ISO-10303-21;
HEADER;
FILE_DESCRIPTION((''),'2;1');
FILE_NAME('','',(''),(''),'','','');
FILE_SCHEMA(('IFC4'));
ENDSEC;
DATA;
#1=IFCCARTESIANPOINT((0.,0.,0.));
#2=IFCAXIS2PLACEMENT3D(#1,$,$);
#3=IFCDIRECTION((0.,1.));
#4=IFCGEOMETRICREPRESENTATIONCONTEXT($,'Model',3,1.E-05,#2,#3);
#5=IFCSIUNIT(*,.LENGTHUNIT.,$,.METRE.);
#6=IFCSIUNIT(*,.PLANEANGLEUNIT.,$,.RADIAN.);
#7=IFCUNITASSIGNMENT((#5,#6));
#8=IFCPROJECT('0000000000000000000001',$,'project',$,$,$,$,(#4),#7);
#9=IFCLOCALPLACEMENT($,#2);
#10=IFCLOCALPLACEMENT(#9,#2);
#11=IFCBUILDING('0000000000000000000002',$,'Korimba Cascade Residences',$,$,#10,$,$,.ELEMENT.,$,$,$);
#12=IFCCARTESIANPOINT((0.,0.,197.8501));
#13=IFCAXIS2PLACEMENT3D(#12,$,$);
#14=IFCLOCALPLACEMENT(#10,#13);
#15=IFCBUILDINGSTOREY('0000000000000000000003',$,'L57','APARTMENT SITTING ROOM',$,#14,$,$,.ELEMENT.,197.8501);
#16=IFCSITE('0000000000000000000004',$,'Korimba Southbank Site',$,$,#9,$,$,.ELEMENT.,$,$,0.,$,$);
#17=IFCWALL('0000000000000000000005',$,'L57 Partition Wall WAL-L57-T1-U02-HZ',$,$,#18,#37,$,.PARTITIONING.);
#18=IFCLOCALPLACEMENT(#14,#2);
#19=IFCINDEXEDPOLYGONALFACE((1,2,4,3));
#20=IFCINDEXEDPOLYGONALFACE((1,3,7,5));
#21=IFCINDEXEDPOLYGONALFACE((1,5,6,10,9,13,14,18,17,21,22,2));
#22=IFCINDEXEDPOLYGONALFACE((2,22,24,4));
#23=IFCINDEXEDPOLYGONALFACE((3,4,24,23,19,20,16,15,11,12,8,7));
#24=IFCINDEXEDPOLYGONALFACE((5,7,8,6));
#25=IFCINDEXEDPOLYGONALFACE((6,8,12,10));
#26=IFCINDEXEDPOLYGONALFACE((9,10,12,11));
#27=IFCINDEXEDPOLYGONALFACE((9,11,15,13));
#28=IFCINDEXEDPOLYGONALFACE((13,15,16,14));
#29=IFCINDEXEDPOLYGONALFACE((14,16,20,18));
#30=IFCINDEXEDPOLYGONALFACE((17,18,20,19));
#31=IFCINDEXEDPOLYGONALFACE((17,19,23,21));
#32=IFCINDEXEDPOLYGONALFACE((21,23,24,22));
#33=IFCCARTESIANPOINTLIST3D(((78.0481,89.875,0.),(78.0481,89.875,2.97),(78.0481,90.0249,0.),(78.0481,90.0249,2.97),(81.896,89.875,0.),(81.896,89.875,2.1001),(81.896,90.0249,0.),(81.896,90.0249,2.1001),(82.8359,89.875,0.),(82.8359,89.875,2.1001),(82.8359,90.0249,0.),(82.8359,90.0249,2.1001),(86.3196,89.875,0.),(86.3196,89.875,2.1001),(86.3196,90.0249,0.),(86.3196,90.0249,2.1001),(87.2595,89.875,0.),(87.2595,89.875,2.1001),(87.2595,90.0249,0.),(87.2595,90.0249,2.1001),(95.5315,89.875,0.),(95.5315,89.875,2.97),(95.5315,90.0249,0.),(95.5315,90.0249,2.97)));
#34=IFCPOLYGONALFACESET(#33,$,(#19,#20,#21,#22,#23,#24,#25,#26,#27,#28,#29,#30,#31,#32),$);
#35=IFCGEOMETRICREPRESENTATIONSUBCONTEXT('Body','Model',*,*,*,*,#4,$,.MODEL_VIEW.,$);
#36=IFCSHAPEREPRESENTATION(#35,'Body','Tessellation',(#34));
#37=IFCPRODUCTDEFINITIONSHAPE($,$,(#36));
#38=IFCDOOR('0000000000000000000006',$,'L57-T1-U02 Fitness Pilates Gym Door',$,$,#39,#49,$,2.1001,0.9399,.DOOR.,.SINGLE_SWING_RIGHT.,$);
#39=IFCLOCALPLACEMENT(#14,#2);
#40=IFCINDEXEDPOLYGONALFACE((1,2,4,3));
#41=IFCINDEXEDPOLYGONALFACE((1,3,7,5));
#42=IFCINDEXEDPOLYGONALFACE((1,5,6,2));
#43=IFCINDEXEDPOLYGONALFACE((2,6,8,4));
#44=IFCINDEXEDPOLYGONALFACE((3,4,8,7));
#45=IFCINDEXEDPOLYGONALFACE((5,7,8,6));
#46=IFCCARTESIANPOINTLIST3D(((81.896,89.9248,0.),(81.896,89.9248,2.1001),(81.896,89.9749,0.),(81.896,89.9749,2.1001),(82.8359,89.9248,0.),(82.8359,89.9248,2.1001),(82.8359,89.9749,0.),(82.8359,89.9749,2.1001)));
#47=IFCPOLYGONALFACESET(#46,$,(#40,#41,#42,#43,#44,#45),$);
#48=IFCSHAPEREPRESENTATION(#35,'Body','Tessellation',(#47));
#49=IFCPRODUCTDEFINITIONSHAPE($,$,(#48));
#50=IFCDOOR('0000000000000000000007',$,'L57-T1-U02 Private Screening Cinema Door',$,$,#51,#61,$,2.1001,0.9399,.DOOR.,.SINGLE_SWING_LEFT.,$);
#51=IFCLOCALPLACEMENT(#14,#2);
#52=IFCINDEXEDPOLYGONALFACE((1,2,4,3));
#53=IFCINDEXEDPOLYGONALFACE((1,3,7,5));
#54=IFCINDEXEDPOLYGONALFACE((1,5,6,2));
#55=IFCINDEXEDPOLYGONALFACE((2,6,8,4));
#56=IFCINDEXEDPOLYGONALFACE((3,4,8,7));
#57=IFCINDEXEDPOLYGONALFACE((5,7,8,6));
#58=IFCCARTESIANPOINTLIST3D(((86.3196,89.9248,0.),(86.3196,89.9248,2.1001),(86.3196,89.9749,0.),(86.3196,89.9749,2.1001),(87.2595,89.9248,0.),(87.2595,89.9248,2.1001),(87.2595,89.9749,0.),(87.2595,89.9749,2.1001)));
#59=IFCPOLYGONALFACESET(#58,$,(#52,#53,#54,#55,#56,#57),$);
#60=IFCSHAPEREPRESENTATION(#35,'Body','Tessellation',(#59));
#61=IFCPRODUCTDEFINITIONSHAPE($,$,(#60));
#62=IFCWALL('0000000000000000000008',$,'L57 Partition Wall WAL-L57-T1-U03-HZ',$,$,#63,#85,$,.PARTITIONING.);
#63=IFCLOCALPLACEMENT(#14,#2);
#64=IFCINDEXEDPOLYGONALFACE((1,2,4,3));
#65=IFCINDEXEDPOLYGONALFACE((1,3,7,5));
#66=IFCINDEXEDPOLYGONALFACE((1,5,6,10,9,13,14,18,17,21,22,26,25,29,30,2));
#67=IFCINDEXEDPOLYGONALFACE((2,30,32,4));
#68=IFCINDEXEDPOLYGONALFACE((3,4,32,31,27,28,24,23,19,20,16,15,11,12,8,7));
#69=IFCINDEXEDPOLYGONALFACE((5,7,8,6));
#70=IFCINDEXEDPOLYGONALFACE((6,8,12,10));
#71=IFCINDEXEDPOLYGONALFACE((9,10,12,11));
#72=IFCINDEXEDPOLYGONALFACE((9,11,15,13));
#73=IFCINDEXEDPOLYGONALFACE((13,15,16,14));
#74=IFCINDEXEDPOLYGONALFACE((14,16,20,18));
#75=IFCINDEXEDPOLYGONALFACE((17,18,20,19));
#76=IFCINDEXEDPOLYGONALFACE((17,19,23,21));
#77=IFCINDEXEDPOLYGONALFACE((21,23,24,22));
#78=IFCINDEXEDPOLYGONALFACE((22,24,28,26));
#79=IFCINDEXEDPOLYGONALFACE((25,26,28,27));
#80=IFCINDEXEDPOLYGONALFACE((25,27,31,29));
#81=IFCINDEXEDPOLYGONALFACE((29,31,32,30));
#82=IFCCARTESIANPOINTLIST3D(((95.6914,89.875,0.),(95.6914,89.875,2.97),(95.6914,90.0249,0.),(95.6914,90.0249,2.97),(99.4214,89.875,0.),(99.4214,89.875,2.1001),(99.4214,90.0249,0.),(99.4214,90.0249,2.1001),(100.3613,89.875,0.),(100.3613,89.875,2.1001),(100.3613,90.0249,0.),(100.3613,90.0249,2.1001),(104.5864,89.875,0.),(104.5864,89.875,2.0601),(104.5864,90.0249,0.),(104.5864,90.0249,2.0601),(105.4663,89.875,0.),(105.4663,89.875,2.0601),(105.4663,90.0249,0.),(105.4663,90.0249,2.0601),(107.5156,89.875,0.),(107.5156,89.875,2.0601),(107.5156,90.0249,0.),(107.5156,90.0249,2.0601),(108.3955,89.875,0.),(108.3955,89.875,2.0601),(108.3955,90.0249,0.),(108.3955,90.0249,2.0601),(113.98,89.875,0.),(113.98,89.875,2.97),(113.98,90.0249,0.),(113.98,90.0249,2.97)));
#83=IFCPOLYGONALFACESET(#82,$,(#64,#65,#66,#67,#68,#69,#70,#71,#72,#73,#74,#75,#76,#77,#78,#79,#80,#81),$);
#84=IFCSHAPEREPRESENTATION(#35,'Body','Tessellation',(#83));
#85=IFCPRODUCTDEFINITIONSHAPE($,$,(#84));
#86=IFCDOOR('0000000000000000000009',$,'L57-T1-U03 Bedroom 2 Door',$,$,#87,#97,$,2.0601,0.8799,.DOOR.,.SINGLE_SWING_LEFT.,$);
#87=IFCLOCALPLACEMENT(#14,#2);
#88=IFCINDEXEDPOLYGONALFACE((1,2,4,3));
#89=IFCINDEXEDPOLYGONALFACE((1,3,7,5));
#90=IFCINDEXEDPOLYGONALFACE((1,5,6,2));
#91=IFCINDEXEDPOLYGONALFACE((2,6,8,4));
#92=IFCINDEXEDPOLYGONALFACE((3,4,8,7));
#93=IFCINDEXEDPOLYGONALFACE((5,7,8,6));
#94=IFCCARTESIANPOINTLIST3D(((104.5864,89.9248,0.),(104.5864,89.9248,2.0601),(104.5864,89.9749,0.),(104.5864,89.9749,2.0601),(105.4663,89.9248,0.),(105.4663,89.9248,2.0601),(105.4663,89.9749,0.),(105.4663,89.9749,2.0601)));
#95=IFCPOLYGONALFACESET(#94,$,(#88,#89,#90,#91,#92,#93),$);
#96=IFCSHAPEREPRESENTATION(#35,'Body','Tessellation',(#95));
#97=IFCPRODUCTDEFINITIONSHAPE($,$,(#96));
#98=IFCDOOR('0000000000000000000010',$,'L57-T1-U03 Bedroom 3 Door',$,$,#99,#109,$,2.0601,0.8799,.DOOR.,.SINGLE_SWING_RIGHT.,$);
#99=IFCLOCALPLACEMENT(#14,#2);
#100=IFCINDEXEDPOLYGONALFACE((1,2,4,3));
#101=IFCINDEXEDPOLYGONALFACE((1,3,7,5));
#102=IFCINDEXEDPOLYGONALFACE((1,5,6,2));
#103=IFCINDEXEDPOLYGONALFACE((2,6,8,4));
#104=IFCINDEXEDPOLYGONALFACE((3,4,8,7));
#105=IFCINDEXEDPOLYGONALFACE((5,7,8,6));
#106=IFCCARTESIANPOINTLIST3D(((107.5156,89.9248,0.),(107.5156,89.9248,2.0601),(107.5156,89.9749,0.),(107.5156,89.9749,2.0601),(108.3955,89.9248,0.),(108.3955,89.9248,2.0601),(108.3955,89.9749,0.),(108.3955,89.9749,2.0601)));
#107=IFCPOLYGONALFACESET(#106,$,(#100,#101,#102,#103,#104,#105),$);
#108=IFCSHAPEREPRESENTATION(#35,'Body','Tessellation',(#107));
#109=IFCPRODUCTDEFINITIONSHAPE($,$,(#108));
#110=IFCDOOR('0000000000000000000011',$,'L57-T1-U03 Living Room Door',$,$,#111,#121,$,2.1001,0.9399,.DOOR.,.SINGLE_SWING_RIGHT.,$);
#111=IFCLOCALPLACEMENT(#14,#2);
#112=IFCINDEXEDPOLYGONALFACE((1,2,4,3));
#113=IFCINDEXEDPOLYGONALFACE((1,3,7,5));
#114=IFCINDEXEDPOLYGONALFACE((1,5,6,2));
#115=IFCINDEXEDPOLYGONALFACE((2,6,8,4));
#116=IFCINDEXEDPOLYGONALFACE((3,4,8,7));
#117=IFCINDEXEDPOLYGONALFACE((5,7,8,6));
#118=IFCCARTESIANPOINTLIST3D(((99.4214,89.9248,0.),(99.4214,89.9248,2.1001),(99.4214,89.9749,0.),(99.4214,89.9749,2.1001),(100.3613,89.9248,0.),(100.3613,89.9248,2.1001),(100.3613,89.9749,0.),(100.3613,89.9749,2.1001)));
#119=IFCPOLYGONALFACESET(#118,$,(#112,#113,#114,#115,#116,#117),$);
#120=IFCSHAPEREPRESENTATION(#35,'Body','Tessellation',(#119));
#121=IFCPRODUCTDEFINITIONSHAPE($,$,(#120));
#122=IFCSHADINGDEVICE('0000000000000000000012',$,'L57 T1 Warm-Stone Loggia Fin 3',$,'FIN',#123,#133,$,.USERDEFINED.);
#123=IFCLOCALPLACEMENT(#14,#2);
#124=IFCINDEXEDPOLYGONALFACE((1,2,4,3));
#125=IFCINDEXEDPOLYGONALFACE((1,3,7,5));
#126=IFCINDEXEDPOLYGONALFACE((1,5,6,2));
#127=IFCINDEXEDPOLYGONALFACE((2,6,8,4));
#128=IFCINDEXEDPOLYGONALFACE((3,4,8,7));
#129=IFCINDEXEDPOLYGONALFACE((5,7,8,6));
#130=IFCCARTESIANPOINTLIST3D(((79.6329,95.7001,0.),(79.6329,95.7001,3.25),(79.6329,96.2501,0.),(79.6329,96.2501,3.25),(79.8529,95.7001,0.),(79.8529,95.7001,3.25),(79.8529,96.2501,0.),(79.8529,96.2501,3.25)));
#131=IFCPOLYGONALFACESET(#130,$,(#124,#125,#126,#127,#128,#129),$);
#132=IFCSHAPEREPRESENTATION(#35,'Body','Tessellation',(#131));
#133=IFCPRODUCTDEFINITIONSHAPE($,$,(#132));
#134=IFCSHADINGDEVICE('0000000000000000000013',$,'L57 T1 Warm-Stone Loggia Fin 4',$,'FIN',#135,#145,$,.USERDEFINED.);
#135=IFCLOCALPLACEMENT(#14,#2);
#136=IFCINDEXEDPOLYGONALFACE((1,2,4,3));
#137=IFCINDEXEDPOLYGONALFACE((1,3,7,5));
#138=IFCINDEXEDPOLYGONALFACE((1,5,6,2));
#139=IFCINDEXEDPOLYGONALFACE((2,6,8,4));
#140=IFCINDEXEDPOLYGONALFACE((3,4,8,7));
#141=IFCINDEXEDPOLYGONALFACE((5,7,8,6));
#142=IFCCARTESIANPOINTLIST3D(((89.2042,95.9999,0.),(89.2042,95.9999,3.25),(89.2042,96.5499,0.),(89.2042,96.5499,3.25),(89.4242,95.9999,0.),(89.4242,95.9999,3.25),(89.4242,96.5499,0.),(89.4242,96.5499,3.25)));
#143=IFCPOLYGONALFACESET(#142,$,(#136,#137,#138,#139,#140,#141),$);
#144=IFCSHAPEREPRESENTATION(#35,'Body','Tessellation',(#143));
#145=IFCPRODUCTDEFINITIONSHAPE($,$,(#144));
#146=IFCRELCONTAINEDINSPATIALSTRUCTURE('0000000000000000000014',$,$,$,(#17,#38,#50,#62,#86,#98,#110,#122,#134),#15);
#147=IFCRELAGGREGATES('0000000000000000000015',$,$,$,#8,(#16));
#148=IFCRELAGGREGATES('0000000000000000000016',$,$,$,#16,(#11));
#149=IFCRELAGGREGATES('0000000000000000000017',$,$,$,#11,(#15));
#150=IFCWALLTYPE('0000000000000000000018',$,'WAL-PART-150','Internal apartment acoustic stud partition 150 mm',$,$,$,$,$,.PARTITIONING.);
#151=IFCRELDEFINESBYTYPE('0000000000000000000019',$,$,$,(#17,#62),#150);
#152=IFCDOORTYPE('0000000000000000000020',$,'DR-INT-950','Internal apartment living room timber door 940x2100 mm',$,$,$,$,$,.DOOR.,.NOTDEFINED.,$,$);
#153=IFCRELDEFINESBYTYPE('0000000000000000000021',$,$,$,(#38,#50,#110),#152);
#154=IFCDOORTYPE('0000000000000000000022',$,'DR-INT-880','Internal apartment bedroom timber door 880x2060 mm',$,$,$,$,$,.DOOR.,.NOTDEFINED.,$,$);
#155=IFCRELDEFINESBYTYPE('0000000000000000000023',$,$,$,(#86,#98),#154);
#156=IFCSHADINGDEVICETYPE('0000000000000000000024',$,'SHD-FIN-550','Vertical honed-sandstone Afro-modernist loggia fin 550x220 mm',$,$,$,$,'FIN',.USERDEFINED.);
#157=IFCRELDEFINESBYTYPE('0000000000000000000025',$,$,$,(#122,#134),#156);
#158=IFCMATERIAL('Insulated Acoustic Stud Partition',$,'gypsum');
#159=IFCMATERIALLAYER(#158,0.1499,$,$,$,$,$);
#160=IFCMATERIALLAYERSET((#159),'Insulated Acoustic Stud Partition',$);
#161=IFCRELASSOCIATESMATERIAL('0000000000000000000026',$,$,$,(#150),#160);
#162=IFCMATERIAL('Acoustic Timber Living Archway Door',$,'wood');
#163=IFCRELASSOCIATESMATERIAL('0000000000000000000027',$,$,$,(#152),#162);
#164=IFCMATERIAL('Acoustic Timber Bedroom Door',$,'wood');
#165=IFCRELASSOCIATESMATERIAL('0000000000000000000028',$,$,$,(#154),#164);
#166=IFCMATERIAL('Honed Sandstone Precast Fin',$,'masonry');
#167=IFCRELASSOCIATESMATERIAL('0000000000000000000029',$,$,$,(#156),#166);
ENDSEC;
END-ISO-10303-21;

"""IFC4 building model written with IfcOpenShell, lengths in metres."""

from ifc_helpers import new_model, si_unit, direction, frame, frame_2d, origin, origin_2d, place, context, subcontext, project, spatial, rectangle, extrude, material, layer, layer_set, type_object, element, fill, save


model = new_model("IFC4")

# Units and contexts
model_context = context("Model", 3, precision=1e-05, world=origin(), true_north=direction((0.0, 1.0)))
body_context = subcontext(model_context, "Body", "Model", "MODEL_VIEW")
ifc_project = project(units=[si_unit("LENGTHUNIT", "METRE"), si_unit("PLANEANGLEUNIT", "RADIAN")], contexts=[model_context])

# Site, building, storey
site_placement = place(None, origin())
site = spatial("IfcSite", under=ifc_project, at=site_placement, Name="Korimba Southbank Site", CompositionType="ELEMENT", RefElevation=0.0)
building_placement = place(site_placement, origin())
building = spatial("IfcBuilding", under=site, at=building_placement, Name="Korimba Cascade Residences", CompositionType="ELEMENT")
storey_placement = place(building_placement, frame((0.0, 0.0, 197.8501)))
storey = spatial("IfcBuildingStorey", under=building, at=storey_placement, Name="L57", Description="APARTMENT SITTING ROOM", CompositionType="ELEMENT", Elevation=197.8501)

# Shared definitions
ifc_material_1 = material(Name="Insulated Acoustic Stud Partition", Category="gypsum")
ifc_layer = layer(ifc_material_1, 0.1499)
ifc_layer_set = layer_set([ifc_layer], Name="Insulated Acoustic Stud Partition")
wall_type = type_object("IfcWallType", Name="WAL-PART-150", Description="Internal apartment acoustic stud partition 150 mm", PredefinedType="PARTITIONING", material=ifc_layer_set)

# Walls, openings, doors
wall_1_placement = place(storey_placement, frame((78.0481, 89.95, 0.0), z_axis=(0.0, 0.0, 1.0), x_axis=(1.0, 0.0, 0.0)))
wall_1 = element("IfcWall", 1, at=wall_1_placement, inside=storey, type_object=wall_type, Name="L57 Partition Wall WAL-L57-T1-U02-HZ", PredefinedType="PARTITIONING", context=body_context, shape_type="SweptSolid", body=[
    extrude(rectangle(XDim=17.4834, YDim=0.1499, at=frame_2d((8.7417, 0.0))), origin(), (0.0, 0.0, 1.0), 2.97),
])
opening_1_placement = place(wall_1_placement, frame((3.8479, 0.0, 0.0)))
opening_1 = element("IfcOpeningElement", 2, at=opening_1_placement, cuts=wall_1, PredefinedType="OPENING", context=body_context, shape_type="SweptSolid", body=[
    extrude(rectangle(XDim=0.9399, YDim=2.1001, at=frame_2d((0.47, 1.05))), frame((0.0, 0.085, 0.0), z_axis=(0.0, -1.0, 0.0), x_axis=(1.0, 0.0, 0.0)), (0.0, 0.0, 1.0), 0.1699),
])
opening_2_placement = place(wall_1_placement, frame((8.2715, 0.0, 0.0)))
opening_2 = element("IfcOpeningElement", 3, at=opening_2_placement, cuts=wall_1, PredefinedType="OPENING", context=body_context, shape_type="SweptSolid", body=[
    extrude(rectangle(XDim=0.9399, YDim=2.1001, at=frame_2d((0.47, 1.05))), frame((0.0, 0.085, 0.0), z_axis=(0.0, -1.0, 0.0), x_axis=(1.0, 0.0, 0.0)), (0.0, 0.0, 1.0), 0.1699),
])
ifc_material_2 = material(Name="Acoustic Timber Living Archway Door", Category="wood")
door_type_1 = type_object("IfcDoorType", Name="DR-INT-950", Description="Internal apartment living room timber door 940x2100 mm", OperationType="NOTDEFINED", PredefinedType="DOOR", material=ifc_material_2)
door_1_placement = place(opening_1_placement, origin())
door_1 = element("IfcDoor", 4, at=door_1_placement, inside=storey, type_object=door_type_1, Name="L57-T1-U02 Fitness Pilates Gym Door", OperationType="SINGLE_SWING_RIGHT", OverallHeight=2.1001, OverallWidth=0.9399, PredefinedType="DOOR", context=body_context, shape_type="SweptSolid", body=[
    extrude(rectangle(XDim=0.9399, YDim=2.1001, at=frame_2d((0.47, 1.05))), frame((0.0, 0.0249, 0.0), z_axis=(0.0, -1.0, 0.0), x_axis=(1.0, 0.0, 0.0)), (0.0, 0.0, 1.0), 0.05),
])
fill(opening_1, door_1)
door_2_placement = place(opening_2_placement, origin())
door_2 = element("IfcDoor", 5, at=door_2_placement, inside=storey, type_object=door_type_1, Name="L57-T1-U02 Private Screening Cinema Door", OperationType="SINGLE_SWING_LEFT", OverallHeight=2.1001, OverallWidth=0.9399, PredefinedType="DOOR", context=body_context, shape_type="SweptSolid", body=[
    extrude(rectangle(XDim=0.9399, YDim=2.1001, at=frame_2d((0.47, 1.05))), frame((0.0, 0.0249, 0.0), z_axis=(0.0, -1.0, 0.0), x_axis=(1.0, 0.0, 0.0)), (0.0, 0.0, 1.0), 0.05),
])
fill(opening_2, door_2)
wall_2_placement = place(storey_placement, frame((95.6914, 89.95, 0.0), z_axis=(0.0, 0.0, 1.0), x_axis=(1.0, 0.0, 0.0)))
wall_2 = element("IfcWall", 6, at=wall_2_placement, inside=storey, type_object=wall_type, Name="L57 Partition Wall WAL-L57-T1-U03-HZ", PredefinedType="PARTITIONING", context=body_context, shape_type="SweptSolid", body=[
    extrude(rectangle(XDim=18.2886, YDim=0.1499, at=frame_2d((9.1443, 0.0))), origin(), (0.0, 0.0, 1.0), 2.97),
])
opening_3_placement = place(wall_2_placement, frame((3.73, 0.0, 0.0)))
opening_3 = element("IfcOpeningElement", 7, at=opening_3_placement, cuts=wall_2, PredefinedType="OPENING", context=body_context, shape_type="SweptSolid", body=[
    extrude(rectangle(XDim=0.9399, YDim=2.1001, at=frame_2d((0.47, 1.05))), frame((0.0, 0.085, 0.0), z_axis=(0.0, -1.0, 0.0), x_axis=(1.0, 0.0, 0.0)), (0.0, 0.0, 1.0), 0.1699),
])
opening_4_placement = place(wall_2_placement, frame((8.895, 0.0, 0.0)))
opening_4 = element("IfcOpeningElement", 8, at=opening_4_placement, cuts=wall_2, PredefinedType="OPENING", context=body_context, shape_type="SweptSolid", body=[
    extrude(rectangle(XDim=0.8799, YDim=2.0601, at=frame_2d((0.4399, 1.03))), frame((0.0, 0.085, 0.0), z_axis=(0.0, -1.0, 0.0), x_axis=(1.0, 0.0, 0.0)), (0.0, 0.0, 1.0), 0.1699),
])
opening_5_placement = place(wall_2_placement, frame((11.8242, 0.0, 0.0)))
opening_5 = element("IfcOpeningElement", 9, at=opening_5_placement, cuts=wall_2, PredefinedType="OPENING", context=body_context, shape_type="SweptSolid", body=[
    extrude(rectangle(XDim=0.8799, YDim=2.0601, at=frame_2d((0.4399, 1.03))), frame((0.0, 0.085, 0.0), z_axis=(0.0, -1.0, 0.0), x_axis=(1.0, 0.0, 0.0)), (0.0, 0.0, 1.0), 0.1699),
])
ifc_material_3 = material(Name="Acoustic Timber Bedroom Door", Category="wood")
door_type_2 = type_object("IfcDoorType", Name="DR-INT-880", Description="Internal apartment bedroom timber door 880x2060 mm", OperationType="NOTDEFINED", PredefinedType="DOOR", material=ifc_material_3)
door_3_placement = place(opening_4_placement, origin())
door_3 = element("IfcDoor", 10, at=door_3_placement, inside=storey, type_object=door_type_2, Name="L57-T1-U03 Bedroom 2 Door", OperationType="SINGLE_SWING_LEFT", OverallHeight=2.0601, OverallWidth=0.8799, PredefinedType="DOOR", context=body_context, shape_type="SweptSolid", body=[
    extrude(rectangle(XDim=0.8799, YDim=2.0601, at=frame_2d((0.4399, 1.03))), frame((0.0, 0.0249, 0.0), z_axis=(0.0, -1.0, 0.0), x_axis=(1.0, 0.0, 0.0)), (0.0, 0.0, 1.0), 0.05),
])
fill(opening_4, door_3)
door_4_placement = place(opening_5_placement, origin())
door_4 = element("IfcDoor", 11, at=door_4_placement, inside=storey, type_object=door_type_2, Name="L57-T1-U03 Bedroom 3 Door", OperationType="SINGLE_SWING_RIGHT", OverallHeight=2.0601, OverallWidth=0.8799, PredefinedType="DOOR", context=body_context, shape_type="SweptSolid", body=[
    extrude(rectangle(XDim=0.8799, YDim=2.0601, at=frame_2d((0.4399, 1.03))), frame((0.0, 0.0249, 0.0), z_axis=(0.0, -1.0, 0.0), x_axis=(1.0, 0.0, 0.0)), (0.0, 0.0, 1.0), 0.05),
])
fill(opening_5, door_4)
door_5_placement = place(opening_3_placement, origin())
door_5 = element("IfcDoor", 12, at=door_5_placement, inside=storey, type_object=door_type_1, Name="L57-T1-U03 Living Room Door", OperationType="SINGLE_SWING_RIGHT", OverallHeight=2.1001, OverallWidth=0.9399, PredefinedType="DOOR", context=body_context, shape_type="SweptSolid", body=[
    extrude(rectangle(XDim=0.9399, YDim=2.1001, at=frame_2d((0.47, 1.05))), frame((0.0, 0.0249, 0.0), z_axis=(0.0, -1.0, 0.0), x_axis=(1.0, 0.0, 0.0)), (0.0, 0.0, 1.0), 0.05),
])
fill(opening_3, door_5)

# Shading devices
ifc_material_4 = material(Name="Honed Sandstone Precast Fin", Category="masonry")
shading_device_type = type_object("IfcShadingDeviceType", Name="SHD-FIN-550", Description="Vertical honed-sandstone Afro-modernist loggia fin 550x220 mm", ElementType="FIN", PredefinedType="USERDEFINED", material=ifc_material_4)
for number, where, z_axis, x_axis, name in (
    (13, (79.7429, 95.9751, 0.0), (0.0, 0.0, 1.0), (1.0, 0.0, 0.0), "L57 T1 Warm-Stone Loggia Fin 3"),
    (14, (89.3142, 96.2749, 0.0), (0.0, 0.0, 1.0), (1.0, 0.0, 0.0), "L57 T1 Warm-Stone Loggia Fin 4"),
):
    element("IfcShadingDevice", number, at=place(storey_placement, frame(where, z_axis=z_axis, x_axis=x_axis)), inside=storey, type_object=shading_device_type, Name=name, ObjectType="FIN", PredefinedType="USERDEFINED", context=body_context, shape_type="SweptSolid", body=[
        extrude(rectangle(XDim=0.22, YDim=0.55, at=origin_2d()), origin(), (0.0, 0.0, 1.0), 3.25),
    ])

save(model, "model.ifc")
